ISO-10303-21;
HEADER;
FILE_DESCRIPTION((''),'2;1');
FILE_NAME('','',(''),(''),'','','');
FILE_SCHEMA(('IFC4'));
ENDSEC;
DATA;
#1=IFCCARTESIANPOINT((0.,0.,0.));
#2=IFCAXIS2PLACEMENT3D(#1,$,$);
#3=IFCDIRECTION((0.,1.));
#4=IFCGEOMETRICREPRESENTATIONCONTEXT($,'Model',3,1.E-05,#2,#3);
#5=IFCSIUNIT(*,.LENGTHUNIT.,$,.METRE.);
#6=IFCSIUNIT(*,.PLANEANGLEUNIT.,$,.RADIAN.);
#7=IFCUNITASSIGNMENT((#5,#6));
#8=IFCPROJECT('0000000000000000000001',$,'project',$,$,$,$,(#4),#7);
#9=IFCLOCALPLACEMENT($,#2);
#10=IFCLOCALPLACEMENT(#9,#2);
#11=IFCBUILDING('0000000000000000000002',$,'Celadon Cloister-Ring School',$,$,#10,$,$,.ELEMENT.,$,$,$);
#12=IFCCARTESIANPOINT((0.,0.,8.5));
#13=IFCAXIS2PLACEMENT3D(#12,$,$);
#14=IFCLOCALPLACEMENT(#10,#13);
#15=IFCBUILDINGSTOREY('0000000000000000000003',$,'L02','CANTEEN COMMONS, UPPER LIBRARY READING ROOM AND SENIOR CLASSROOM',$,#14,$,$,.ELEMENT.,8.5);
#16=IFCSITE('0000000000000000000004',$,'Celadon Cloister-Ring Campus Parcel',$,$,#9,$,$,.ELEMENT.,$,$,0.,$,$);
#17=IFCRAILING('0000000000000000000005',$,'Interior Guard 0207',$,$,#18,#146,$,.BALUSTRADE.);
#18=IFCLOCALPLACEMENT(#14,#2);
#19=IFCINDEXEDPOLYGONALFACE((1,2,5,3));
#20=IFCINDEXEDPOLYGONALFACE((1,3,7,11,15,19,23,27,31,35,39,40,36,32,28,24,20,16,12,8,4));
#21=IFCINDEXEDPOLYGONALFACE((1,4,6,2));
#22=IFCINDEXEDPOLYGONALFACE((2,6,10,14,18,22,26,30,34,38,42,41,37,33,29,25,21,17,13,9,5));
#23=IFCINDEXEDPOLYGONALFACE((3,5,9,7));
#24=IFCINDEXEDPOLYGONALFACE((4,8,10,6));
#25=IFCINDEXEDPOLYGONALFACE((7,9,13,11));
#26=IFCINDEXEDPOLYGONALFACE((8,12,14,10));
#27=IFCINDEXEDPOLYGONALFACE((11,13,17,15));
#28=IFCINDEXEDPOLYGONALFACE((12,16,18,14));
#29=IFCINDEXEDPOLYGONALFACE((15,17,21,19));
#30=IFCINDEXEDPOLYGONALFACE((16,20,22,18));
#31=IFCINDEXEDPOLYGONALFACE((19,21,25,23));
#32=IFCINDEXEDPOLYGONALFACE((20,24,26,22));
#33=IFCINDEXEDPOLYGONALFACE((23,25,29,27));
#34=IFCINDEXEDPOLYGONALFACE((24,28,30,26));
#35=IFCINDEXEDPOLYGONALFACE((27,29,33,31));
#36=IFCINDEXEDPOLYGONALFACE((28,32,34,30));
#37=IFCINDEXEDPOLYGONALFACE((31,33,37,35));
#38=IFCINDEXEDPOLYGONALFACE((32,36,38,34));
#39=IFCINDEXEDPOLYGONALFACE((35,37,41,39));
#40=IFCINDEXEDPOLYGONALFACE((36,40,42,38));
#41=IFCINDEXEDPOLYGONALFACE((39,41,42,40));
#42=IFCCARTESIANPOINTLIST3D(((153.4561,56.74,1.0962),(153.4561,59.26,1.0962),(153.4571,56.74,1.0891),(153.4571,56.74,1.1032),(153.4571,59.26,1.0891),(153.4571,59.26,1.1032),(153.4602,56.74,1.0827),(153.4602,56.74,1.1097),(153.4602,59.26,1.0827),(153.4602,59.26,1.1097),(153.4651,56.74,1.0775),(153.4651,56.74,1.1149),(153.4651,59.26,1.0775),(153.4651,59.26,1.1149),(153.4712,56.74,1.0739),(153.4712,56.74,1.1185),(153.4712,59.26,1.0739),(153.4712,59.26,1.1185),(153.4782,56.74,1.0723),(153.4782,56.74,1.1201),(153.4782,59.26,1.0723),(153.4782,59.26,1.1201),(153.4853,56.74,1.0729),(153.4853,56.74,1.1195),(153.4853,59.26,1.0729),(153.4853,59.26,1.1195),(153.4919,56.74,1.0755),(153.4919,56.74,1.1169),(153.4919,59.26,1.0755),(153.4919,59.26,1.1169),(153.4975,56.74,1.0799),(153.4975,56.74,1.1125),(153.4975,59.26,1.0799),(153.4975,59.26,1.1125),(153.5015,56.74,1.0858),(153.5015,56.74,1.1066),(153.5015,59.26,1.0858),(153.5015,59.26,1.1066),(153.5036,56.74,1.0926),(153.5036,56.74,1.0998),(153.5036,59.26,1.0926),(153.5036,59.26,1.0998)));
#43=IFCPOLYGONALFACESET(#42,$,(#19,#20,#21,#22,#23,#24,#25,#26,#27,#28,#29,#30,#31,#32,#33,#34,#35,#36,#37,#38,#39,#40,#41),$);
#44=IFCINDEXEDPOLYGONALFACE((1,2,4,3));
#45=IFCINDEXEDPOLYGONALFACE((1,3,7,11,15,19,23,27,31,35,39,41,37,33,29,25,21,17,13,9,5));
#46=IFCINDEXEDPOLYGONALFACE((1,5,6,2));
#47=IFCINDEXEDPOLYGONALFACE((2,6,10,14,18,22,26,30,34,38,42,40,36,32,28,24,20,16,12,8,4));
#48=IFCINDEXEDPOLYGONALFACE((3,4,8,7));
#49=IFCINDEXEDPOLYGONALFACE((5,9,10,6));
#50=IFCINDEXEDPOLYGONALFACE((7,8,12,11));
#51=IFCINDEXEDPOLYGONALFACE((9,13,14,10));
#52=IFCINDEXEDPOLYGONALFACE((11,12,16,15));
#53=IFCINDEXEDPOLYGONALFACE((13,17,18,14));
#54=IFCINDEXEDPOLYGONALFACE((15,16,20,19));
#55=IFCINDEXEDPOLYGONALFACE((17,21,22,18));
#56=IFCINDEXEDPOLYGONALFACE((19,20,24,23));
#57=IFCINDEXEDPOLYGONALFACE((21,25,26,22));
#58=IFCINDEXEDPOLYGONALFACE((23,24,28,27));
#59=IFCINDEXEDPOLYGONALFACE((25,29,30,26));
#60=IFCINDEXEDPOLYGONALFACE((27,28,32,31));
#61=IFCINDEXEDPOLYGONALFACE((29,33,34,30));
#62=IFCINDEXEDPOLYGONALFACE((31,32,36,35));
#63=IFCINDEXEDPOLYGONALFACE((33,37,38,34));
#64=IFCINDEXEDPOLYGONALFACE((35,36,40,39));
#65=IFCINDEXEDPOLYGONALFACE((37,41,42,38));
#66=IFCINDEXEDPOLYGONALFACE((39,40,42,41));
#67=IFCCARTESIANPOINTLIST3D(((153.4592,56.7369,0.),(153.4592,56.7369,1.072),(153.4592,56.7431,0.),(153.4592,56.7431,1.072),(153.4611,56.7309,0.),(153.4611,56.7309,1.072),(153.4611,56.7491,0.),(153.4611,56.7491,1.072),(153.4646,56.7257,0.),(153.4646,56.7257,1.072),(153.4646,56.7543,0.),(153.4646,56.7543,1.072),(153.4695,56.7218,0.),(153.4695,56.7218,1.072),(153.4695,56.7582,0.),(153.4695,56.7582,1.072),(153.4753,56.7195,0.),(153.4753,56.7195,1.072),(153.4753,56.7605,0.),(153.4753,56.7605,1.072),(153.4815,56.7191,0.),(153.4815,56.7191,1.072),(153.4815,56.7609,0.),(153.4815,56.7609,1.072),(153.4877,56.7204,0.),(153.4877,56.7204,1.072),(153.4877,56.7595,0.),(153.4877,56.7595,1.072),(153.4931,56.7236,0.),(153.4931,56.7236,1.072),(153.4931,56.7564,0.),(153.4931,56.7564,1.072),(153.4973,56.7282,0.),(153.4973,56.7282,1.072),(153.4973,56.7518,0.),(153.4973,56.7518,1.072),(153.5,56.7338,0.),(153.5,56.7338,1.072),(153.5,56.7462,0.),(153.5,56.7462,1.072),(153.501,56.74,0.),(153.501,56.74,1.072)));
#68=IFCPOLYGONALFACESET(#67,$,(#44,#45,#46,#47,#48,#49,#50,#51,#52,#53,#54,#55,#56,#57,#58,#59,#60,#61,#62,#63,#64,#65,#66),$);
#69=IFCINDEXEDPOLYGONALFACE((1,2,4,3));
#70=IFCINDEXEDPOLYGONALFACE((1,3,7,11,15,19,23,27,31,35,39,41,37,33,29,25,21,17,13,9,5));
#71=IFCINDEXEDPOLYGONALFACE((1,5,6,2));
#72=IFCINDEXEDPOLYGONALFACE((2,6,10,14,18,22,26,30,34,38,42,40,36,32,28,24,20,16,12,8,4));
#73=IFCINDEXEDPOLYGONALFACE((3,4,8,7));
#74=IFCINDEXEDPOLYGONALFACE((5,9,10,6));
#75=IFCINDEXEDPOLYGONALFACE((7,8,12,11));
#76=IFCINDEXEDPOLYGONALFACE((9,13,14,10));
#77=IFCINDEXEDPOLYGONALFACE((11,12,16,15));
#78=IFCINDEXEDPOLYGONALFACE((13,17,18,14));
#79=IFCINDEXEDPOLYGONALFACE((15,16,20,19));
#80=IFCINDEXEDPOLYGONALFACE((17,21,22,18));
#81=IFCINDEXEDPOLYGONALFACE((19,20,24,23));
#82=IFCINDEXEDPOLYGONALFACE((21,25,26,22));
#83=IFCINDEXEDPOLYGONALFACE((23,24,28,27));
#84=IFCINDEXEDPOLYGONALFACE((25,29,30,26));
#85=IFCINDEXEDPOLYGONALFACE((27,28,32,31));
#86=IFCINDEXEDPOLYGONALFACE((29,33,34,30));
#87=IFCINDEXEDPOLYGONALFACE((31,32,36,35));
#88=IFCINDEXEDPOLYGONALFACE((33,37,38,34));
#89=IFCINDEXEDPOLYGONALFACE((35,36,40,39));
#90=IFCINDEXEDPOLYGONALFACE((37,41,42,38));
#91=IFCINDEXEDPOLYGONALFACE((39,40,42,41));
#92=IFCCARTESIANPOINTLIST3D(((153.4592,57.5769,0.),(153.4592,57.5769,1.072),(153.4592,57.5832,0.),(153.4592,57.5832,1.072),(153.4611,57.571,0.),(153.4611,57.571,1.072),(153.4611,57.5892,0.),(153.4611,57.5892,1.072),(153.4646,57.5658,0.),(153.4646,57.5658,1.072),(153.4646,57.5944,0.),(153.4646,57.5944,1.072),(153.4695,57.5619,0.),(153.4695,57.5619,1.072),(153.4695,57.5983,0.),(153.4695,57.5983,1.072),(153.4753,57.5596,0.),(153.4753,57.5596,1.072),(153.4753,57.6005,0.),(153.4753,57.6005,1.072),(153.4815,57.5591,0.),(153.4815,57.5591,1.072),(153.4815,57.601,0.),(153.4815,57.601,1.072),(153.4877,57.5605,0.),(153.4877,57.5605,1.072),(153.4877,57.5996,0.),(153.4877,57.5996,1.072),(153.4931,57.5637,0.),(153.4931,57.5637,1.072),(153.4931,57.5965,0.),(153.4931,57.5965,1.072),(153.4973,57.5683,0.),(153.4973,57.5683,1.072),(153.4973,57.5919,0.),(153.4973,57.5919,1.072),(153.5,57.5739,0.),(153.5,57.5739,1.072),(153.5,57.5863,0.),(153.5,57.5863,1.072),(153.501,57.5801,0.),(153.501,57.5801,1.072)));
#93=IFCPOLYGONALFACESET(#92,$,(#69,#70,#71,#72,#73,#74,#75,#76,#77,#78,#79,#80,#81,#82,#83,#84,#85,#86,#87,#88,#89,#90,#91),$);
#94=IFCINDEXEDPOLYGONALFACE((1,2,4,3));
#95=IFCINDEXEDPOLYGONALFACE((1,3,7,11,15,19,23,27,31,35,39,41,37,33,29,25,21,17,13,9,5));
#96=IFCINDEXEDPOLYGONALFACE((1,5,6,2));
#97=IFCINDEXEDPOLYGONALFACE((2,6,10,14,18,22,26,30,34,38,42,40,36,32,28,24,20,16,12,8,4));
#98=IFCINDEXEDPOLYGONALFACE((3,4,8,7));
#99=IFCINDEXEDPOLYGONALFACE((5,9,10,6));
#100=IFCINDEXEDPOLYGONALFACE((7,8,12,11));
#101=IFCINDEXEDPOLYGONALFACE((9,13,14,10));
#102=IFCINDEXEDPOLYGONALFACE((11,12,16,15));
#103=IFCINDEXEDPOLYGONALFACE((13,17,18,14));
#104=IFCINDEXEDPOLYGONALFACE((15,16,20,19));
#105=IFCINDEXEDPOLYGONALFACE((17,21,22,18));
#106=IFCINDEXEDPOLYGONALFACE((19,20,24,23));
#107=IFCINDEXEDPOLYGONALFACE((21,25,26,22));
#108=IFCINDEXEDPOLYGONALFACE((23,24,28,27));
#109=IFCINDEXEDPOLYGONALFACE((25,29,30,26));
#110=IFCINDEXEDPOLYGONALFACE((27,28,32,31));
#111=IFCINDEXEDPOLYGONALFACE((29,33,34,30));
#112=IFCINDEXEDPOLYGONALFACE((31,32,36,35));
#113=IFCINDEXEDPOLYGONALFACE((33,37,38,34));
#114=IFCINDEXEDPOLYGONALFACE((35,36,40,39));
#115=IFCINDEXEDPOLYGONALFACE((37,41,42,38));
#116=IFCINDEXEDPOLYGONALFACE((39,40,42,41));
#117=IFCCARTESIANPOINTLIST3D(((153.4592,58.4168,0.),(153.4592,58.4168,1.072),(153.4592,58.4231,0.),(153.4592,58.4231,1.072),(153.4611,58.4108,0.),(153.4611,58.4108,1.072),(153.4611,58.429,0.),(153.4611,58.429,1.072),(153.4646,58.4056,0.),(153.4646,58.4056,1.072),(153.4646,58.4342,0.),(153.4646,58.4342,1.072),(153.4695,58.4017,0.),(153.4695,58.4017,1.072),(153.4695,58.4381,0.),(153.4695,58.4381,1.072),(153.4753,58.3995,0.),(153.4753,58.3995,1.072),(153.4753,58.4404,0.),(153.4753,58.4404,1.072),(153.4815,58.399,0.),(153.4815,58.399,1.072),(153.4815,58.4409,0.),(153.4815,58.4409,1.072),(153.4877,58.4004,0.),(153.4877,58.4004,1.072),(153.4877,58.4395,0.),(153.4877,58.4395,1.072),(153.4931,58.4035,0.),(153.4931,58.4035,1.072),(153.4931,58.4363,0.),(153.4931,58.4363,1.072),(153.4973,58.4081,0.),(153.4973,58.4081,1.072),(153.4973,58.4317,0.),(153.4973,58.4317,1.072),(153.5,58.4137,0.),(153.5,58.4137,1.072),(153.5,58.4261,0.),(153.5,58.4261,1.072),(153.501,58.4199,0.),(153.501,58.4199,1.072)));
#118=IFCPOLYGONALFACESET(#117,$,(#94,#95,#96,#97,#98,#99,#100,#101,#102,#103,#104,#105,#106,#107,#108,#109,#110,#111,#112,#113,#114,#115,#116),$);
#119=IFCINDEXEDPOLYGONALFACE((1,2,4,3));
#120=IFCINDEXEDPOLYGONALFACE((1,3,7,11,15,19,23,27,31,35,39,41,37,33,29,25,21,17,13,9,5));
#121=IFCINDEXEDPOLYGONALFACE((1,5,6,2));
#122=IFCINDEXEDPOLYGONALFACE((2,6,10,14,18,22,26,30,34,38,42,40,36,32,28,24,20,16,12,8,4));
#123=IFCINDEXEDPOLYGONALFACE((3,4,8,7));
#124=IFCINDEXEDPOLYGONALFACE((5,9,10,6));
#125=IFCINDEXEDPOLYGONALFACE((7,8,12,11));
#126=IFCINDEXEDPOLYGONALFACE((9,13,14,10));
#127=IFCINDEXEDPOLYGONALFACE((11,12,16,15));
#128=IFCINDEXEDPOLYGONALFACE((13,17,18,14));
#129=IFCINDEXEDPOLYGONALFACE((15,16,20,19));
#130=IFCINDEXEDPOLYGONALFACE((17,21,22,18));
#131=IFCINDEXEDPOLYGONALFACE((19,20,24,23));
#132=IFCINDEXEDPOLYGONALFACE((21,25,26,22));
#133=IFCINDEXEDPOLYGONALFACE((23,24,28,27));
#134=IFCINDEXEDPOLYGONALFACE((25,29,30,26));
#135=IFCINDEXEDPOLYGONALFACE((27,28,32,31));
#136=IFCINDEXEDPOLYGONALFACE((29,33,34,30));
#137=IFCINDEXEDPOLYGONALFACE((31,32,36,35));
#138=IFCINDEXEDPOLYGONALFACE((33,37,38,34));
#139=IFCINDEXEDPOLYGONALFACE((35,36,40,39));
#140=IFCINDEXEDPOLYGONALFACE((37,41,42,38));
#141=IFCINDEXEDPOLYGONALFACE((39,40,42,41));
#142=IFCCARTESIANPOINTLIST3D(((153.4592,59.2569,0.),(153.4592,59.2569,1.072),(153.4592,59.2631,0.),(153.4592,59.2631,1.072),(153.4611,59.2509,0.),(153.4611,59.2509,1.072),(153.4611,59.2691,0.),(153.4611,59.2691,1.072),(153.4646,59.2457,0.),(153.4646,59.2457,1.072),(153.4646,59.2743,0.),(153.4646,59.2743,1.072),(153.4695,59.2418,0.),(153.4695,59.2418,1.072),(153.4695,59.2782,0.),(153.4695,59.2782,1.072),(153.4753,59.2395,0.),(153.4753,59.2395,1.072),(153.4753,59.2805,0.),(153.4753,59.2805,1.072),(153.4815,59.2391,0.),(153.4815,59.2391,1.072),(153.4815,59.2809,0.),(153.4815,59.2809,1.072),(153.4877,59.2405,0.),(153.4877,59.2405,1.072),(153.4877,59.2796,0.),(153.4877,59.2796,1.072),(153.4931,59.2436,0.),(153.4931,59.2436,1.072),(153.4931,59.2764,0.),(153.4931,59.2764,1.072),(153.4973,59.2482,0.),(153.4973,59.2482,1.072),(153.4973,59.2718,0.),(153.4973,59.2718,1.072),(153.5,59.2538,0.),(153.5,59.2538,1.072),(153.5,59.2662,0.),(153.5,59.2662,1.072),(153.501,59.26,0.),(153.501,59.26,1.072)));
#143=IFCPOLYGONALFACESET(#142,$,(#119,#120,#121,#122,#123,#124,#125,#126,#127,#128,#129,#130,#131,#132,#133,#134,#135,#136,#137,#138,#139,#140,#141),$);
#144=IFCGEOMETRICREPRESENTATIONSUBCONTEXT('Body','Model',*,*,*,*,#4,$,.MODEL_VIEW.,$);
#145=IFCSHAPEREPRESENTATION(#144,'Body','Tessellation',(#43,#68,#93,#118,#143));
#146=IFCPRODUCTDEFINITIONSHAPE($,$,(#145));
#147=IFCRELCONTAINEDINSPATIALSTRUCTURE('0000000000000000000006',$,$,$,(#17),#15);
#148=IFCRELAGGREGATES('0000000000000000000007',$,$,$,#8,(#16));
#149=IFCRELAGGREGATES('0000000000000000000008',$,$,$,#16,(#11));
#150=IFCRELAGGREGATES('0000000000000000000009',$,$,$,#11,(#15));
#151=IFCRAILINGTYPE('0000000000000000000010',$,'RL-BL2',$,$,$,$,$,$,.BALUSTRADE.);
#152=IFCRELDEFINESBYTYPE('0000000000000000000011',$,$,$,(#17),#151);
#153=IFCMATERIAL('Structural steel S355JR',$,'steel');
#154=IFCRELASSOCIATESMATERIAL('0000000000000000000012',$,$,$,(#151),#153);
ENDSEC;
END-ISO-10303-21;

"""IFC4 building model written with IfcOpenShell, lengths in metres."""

from ifc_helpers import new_model, si_unit, direction, frame, origin, origin_2d, place, context, subcontext, project, spatial, circle, extrude, material, type_object, element, save


model = new_model("IFC4")

# Units and contexts
model_context = context("Model", 3, precision=1e-05, world=origin(), true_north=direction((0.0, 1.0)))
body_context = subcontext(model_context, "Body", "Model", "MODEL_VIEW")
ifc_project = project(units=[si_unit("LENGTHUNIT", "METRE"), si_unit("PLANEANGLEUNIT", "RADIAN")], contexts=[model_context])

# Site, building, storey
site_placement = place(None, origin())
site = spatial("IfcSite", under=ifc_project, at=site_placement, Name="Celadon Cloister-Ring Campus Parcel", CompositionType="ELEMENT", RefElevation=0.0)
building_placement = place(site_placement, origin())
building = spatial("IfcBuilding", under=site, at=building_placement, Name="Celadon Cloister-Ring School", CompositionType="ELEMENT")
storey_placement = place(building_placement, frame((0.0, 0.0, 8.5)))
storey = spatial("IfcBuildingStorey", under=building, at=storey_placement, Name="L02", Description="CANTEEN COMMONS, UPPER LIBRARY READING ROOM AND SENIOR CLASSROOM", CompositionType="ELEMENT", Elevation=8.5)

# Railing
ifc_material_1 = material(Name="Structural steel S355JR", Category="steel")
railing_type_1 = type_object("IfcRailingType", Name="RL-BL2", PredefinedType="BALUSTRADE", material=ifc_material_1)
railing_1_placement = place(storey_placement, frame((153.48, 56.74, 0.0)))
element("IfcRailing", 1, at=railing_1_placement, inside=storey, type_object=railing_type_1, Name="Interior Guard 0207", PredefinedType="BALUSTRADE", context=body_context, shape_type="SweptSolid", body=[
    extrude(circle(Radius=0.0239, at=origin_2d()), frame((0.0, 0.0, 1.0962), z_axis=(0.0, 1.0, 0.0), x_axis=(-1.0, 0.0, 0.0)), (0.0, 0.0, 1.0), 2.52),
    extrude(circle(Radius=0.021, at=origin_2d()), origin(), (0.0, 0.0, 1.0), 1.072),
    extrude(circle(Radius=0.021, at=origin_2d()), frame((0.0, 0.8401, 0.0)), (0.0, 0.0, 1.0), 1.072),
    extrude(circle(Radius=0.021, at=origin_2d()), frame((0.0, 1.6799, 0.0)), (0.0, 0.0, 1.0), 1.072),
    extrude(circle(Radius=0.021, at=origin_2d()), frame((0.0, 2.52, 0.0)), (0.0, 0.0, 1.0), 1.072),
])

save(model, "model.ifc")
